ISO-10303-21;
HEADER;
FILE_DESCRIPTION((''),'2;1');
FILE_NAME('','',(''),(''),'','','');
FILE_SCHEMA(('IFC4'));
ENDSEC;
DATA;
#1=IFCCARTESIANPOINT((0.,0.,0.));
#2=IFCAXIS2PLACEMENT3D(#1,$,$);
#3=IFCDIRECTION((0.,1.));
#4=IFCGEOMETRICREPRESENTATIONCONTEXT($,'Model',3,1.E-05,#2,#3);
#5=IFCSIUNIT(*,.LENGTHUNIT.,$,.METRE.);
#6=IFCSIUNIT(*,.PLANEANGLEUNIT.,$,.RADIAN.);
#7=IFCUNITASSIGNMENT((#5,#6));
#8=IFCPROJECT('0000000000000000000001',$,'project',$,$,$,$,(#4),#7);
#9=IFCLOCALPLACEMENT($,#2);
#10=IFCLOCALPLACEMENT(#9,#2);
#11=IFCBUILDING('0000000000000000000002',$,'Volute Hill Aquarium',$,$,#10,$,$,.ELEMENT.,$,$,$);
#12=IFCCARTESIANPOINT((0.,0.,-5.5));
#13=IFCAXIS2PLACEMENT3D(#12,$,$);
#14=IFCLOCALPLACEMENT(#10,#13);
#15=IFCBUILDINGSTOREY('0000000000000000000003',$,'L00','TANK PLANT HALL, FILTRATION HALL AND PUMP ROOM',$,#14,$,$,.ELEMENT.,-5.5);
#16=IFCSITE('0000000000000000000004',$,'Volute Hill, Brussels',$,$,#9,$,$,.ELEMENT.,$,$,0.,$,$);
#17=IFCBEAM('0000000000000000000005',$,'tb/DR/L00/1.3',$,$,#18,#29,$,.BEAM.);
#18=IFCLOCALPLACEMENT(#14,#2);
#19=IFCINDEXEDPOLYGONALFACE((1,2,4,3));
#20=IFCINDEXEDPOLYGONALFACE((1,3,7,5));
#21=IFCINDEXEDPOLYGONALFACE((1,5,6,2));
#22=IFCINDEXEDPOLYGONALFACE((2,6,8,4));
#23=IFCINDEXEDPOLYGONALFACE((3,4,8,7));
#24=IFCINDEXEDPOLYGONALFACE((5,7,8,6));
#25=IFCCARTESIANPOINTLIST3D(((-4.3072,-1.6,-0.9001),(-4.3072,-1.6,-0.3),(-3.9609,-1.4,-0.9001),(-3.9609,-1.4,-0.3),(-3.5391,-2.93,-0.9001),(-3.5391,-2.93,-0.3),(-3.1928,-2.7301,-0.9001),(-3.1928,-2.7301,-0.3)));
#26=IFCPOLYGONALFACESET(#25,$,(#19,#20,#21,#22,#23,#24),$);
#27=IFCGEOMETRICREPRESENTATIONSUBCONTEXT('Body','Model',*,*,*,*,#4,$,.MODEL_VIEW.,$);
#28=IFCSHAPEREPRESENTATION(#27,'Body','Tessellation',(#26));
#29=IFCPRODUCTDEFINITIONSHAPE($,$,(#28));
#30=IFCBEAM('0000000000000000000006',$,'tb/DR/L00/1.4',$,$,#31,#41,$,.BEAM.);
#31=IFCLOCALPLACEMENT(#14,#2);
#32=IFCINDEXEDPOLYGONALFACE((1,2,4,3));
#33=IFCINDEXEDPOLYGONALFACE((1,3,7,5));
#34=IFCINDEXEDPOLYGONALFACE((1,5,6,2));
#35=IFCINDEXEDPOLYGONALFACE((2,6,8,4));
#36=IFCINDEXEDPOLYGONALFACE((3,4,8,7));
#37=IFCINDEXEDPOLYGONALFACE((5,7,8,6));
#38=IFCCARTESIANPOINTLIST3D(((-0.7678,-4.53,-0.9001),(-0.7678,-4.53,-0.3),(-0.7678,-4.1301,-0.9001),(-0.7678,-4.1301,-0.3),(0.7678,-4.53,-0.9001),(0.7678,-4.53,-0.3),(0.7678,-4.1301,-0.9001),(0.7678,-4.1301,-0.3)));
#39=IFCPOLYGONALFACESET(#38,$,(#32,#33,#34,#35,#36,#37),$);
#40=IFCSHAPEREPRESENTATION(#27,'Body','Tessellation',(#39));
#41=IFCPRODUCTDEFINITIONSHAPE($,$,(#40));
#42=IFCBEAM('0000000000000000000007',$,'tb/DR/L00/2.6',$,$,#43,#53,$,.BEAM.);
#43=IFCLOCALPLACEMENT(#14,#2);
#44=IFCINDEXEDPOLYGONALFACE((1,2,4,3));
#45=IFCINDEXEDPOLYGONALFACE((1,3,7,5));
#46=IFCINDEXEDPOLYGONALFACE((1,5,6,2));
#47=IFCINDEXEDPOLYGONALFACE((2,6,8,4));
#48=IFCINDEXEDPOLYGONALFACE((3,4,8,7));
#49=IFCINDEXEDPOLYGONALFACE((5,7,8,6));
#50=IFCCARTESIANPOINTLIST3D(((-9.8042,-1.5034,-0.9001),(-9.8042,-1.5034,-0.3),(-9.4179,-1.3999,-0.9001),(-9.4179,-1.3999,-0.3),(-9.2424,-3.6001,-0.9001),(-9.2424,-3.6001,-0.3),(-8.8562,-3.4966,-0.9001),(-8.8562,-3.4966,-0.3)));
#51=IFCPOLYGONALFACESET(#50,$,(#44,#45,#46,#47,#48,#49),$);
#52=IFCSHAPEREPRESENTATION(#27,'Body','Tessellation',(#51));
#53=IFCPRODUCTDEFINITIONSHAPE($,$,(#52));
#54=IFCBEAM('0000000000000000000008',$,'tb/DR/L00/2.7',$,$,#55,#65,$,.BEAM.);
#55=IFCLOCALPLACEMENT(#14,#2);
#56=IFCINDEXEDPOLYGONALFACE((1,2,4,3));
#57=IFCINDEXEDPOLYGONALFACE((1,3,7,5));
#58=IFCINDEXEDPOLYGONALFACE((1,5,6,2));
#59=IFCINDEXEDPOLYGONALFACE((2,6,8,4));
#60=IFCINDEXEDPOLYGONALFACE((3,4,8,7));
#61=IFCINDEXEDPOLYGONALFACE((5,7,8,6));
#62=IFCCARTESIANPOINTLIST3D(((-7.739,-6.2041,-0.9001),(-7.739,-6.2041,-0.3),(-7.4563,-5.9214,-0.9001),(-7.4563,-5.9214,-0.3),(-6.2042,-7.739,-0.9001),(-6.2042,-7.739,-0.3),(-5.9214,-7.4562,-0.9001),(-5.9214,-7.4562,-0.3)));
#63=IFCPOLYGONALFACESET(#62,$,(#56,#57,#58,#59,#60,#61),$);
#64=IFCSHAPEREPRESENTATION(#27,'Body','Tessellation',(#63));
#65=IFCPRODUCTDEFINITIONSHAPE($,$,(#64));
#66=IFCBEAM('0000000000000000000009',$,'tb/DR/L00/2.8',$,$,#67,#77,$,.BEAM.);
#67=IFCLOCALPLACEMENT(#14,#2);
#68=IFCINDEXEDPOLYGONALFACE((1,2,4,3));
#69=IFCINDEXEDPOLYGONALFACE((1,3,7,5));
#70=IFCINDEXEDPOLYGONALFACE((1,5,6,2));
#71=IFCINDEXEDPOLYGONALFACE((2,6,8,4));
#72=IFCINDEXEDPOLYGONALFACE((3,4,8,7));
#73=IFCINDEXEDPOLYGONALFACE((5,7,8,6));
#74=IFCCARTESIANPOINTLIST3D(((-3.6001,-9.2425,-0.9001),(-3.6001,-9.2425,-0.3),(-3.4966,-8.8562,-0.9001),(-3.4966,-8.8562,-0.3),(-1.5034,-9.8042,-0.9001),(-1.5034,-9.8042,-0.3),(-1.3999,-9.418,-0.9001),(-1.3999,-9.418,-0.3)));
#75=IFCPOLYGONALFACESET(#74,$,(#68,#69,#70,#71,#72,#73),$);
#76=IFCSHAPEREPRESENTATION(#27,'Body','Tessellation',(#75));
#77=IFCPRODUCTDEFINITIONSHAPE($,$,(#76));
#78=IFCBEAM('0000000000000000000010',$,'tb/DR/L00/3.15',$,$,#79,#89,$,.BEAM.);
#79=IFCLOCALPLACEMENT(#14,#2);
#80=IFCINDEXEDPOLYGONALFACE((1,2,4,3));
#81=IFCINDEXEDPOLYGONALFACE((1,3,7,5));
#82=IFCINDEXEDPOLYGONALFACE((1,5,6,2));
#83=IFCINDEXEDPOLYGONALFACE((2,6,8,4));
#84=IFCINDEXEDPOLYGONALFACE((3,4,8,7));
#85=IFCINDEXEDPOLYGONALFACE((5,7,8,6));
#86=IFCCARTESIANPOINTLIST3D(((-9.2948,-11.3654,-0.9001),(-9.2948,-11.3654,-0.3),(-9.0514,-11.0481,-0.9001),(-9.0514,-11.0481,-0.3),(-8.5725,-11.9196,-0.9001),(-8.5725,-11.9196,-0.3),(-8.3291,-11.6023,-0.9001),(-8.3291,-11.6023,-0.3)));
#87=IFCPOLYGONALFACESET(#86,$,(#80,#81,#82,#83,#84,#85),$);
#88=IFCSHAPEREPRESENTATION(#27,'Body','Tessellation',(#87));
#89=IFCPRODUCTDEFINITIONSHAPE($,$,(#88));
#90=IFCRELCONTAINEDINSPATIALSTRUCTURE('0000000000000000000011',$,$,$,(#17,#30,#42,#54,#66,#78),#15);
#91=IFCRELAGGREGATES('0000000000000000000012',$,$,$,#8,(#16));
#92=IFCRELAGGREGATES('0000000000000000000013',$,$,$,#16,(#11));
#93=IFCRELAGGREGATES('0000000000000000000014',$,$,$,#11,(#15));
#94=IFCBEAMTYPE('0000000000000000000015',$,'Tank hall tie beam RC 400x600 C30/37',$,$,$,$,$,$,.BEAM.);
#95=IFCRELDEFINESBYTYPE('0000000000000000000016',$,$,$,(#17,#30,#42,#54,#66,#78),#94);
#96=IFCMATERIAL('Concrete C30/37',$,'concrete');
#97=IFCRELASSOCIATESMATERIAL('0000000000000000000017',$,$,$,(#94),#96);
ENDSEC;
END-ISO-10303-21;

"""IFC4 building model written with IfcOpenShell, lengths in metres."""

from ifc_helpers import new_model, si_unit, direction, frame, origin, origin_2d, place, context, subcontext, project, spatial, rectangle, extrude, material, material_profile, profile_set, type_object, element, save


model = new_model("IFC4")

# Units and contexts
model_context = context("Model", 3, precision=1e-05, world=origin(), true_north=direction((0.0, 1.0)))
body_context = subcontext(model_context, "Body", "Model", "MODEL_VIEW")
ifc_project = project(units=[si_unit("LENGTHUNIT", "METRE"), si_unit("PLANEANGLEUNIT", "RADIAN")], contexts=[model_context])

# Site, building, storey
site_placement = place(None, origin())
site = spatial("IfcSite", under=ifc_project, at=site_placement, Name="Volute Hill, Brussels", CompositionType="ELEMENT", RefElevation=0.0)
building_placement = place(site_placement, origin())
building = spatial("IfcBuilding", under=site, at=building_placement, Name="Volute Hill Aquarium", CompositionType="ELEMENT")
storey_placement = place(building_placement, frame((0.0, 0.0, -5.5)))
storey = spatial("IfcBuildingStorey", under=building, at=storey_placement, Name="L00", Description="TANK PLANT HALL, FILTRATION HALL AND PUMP ROOM", CompositionType="ELEMENT", Elevation=-5.5)

# Beams
ifc_material_1 = material(Name="Concrete C30/37", Category="concrete")
ifc_material_profile_1 = material_profile(ifc_material_1, rectangle(XDim=0.3999, YDim=0.6001, at=origin_2d()), Name="RC tie beam 400x600")
ifc_profile_set_1 = profile_set([ifc_material_profile_1], Name="Concrete C30/37")
beam_type = type_object("IfcBeamType", Name="Tank hall tie beam RC 400x600 C30/37", PredefinedType="BEAM", material=ifc_profile_set_1)
beam_1_placement = place(storey_placement, frame((-4.134, -1.5, -0.6001), z_axis=(0.500071, -0.865984, 0.0), x_axis=(0.865984, 0.500071, 0.0)))
element("IfcBeam", 1, at=beam_1_placement, inside=storey, type_object=beam_type, Name="tb/DR/L00/1.3", PredefinedType="BEAM", context=body_context, shape_type="SweptSolid", body=[
    extrude(rectangle(XDim=0.3999, YDim=0.6001, at=origin_2d()), origin(), (0.0, 0.0, 1.0), 1.5359),
])
beam_2_placement = place(storey_placement, frame((-0.7678, -4.3301, -0.6001), z_axis=(1.0, 0.0, 0.0), x_axis=(0.0, 1.0, 0.0)))
element("IfcBeam", 2, at=beam_2_placement, inside=storey, type_object=beam_type, Name="tb/DR/L00/1.4", PredefinedType="BEAM", context=body_context, shape_type="SweptSolid", body=[
    extrude(rectangle(XDim=0.3999, YDim=0.6001, at=origin_2d()), origin(), (0.0, 0.0, 1.0), 1.5356),
])
for number, where, z_axis, x_axis, name in (
    (3, (-9.6111, -1.4517, -0.6001), (0.258804, -0.96593, 0.0), (0.96593, 0.258804, 0.0), "tb/DR/L00/2.6"),
    (4, (-7.5977, -6.0627, -0.6001), (0.707107, -0.707107, 0.0), (0.707107, 0.707107, 0.0), "tb/DR/L00/2.7"),
    (5, (-3.5483, -9.0493, -0.6001), (0.96593, -0.258804, 0.0), (0.258804, 0.96593, 0.0), "tb/DR/L00/2.8"),
):
    element("IfcBeam", number, at=place(storey_placement, frame(where, z_axis=z_axis, x_axis=x_axis)), inside=storey, type_object=beam_type, Name=name, PredefinedType="BEAM", context=body_context, shape_type="SweptSolid", body=[
        extrude(rectangle(XDim=0.3999, YDim=0.6001, at=origin_2d()), origin(), (0.0, 0.0, 1.0), 2.1707),
    ])
beam_3_placement = place(storey_placement, frame((-9.1731, -11.2068, -0.6001), z_axis=(0.793421, -0.608674, 0.0), x_axis=(0.608674, 0.793421, 0.0)))
element("IfcBeam", 6, at=beam_3_placement, inside=storey, type_object=beam_type, Name="tb/DR/L00/3.15", PredefinedType="BEAM", context=body_context, shape_type="SweptSolid", body=[
    extrude(rectangle(XDim=0.3999, YDim=0.6001, at=origin_2d()), origin(), (0.0, 0.0, 1.0), 0.9104),
])

save(model, "model.ifc")
